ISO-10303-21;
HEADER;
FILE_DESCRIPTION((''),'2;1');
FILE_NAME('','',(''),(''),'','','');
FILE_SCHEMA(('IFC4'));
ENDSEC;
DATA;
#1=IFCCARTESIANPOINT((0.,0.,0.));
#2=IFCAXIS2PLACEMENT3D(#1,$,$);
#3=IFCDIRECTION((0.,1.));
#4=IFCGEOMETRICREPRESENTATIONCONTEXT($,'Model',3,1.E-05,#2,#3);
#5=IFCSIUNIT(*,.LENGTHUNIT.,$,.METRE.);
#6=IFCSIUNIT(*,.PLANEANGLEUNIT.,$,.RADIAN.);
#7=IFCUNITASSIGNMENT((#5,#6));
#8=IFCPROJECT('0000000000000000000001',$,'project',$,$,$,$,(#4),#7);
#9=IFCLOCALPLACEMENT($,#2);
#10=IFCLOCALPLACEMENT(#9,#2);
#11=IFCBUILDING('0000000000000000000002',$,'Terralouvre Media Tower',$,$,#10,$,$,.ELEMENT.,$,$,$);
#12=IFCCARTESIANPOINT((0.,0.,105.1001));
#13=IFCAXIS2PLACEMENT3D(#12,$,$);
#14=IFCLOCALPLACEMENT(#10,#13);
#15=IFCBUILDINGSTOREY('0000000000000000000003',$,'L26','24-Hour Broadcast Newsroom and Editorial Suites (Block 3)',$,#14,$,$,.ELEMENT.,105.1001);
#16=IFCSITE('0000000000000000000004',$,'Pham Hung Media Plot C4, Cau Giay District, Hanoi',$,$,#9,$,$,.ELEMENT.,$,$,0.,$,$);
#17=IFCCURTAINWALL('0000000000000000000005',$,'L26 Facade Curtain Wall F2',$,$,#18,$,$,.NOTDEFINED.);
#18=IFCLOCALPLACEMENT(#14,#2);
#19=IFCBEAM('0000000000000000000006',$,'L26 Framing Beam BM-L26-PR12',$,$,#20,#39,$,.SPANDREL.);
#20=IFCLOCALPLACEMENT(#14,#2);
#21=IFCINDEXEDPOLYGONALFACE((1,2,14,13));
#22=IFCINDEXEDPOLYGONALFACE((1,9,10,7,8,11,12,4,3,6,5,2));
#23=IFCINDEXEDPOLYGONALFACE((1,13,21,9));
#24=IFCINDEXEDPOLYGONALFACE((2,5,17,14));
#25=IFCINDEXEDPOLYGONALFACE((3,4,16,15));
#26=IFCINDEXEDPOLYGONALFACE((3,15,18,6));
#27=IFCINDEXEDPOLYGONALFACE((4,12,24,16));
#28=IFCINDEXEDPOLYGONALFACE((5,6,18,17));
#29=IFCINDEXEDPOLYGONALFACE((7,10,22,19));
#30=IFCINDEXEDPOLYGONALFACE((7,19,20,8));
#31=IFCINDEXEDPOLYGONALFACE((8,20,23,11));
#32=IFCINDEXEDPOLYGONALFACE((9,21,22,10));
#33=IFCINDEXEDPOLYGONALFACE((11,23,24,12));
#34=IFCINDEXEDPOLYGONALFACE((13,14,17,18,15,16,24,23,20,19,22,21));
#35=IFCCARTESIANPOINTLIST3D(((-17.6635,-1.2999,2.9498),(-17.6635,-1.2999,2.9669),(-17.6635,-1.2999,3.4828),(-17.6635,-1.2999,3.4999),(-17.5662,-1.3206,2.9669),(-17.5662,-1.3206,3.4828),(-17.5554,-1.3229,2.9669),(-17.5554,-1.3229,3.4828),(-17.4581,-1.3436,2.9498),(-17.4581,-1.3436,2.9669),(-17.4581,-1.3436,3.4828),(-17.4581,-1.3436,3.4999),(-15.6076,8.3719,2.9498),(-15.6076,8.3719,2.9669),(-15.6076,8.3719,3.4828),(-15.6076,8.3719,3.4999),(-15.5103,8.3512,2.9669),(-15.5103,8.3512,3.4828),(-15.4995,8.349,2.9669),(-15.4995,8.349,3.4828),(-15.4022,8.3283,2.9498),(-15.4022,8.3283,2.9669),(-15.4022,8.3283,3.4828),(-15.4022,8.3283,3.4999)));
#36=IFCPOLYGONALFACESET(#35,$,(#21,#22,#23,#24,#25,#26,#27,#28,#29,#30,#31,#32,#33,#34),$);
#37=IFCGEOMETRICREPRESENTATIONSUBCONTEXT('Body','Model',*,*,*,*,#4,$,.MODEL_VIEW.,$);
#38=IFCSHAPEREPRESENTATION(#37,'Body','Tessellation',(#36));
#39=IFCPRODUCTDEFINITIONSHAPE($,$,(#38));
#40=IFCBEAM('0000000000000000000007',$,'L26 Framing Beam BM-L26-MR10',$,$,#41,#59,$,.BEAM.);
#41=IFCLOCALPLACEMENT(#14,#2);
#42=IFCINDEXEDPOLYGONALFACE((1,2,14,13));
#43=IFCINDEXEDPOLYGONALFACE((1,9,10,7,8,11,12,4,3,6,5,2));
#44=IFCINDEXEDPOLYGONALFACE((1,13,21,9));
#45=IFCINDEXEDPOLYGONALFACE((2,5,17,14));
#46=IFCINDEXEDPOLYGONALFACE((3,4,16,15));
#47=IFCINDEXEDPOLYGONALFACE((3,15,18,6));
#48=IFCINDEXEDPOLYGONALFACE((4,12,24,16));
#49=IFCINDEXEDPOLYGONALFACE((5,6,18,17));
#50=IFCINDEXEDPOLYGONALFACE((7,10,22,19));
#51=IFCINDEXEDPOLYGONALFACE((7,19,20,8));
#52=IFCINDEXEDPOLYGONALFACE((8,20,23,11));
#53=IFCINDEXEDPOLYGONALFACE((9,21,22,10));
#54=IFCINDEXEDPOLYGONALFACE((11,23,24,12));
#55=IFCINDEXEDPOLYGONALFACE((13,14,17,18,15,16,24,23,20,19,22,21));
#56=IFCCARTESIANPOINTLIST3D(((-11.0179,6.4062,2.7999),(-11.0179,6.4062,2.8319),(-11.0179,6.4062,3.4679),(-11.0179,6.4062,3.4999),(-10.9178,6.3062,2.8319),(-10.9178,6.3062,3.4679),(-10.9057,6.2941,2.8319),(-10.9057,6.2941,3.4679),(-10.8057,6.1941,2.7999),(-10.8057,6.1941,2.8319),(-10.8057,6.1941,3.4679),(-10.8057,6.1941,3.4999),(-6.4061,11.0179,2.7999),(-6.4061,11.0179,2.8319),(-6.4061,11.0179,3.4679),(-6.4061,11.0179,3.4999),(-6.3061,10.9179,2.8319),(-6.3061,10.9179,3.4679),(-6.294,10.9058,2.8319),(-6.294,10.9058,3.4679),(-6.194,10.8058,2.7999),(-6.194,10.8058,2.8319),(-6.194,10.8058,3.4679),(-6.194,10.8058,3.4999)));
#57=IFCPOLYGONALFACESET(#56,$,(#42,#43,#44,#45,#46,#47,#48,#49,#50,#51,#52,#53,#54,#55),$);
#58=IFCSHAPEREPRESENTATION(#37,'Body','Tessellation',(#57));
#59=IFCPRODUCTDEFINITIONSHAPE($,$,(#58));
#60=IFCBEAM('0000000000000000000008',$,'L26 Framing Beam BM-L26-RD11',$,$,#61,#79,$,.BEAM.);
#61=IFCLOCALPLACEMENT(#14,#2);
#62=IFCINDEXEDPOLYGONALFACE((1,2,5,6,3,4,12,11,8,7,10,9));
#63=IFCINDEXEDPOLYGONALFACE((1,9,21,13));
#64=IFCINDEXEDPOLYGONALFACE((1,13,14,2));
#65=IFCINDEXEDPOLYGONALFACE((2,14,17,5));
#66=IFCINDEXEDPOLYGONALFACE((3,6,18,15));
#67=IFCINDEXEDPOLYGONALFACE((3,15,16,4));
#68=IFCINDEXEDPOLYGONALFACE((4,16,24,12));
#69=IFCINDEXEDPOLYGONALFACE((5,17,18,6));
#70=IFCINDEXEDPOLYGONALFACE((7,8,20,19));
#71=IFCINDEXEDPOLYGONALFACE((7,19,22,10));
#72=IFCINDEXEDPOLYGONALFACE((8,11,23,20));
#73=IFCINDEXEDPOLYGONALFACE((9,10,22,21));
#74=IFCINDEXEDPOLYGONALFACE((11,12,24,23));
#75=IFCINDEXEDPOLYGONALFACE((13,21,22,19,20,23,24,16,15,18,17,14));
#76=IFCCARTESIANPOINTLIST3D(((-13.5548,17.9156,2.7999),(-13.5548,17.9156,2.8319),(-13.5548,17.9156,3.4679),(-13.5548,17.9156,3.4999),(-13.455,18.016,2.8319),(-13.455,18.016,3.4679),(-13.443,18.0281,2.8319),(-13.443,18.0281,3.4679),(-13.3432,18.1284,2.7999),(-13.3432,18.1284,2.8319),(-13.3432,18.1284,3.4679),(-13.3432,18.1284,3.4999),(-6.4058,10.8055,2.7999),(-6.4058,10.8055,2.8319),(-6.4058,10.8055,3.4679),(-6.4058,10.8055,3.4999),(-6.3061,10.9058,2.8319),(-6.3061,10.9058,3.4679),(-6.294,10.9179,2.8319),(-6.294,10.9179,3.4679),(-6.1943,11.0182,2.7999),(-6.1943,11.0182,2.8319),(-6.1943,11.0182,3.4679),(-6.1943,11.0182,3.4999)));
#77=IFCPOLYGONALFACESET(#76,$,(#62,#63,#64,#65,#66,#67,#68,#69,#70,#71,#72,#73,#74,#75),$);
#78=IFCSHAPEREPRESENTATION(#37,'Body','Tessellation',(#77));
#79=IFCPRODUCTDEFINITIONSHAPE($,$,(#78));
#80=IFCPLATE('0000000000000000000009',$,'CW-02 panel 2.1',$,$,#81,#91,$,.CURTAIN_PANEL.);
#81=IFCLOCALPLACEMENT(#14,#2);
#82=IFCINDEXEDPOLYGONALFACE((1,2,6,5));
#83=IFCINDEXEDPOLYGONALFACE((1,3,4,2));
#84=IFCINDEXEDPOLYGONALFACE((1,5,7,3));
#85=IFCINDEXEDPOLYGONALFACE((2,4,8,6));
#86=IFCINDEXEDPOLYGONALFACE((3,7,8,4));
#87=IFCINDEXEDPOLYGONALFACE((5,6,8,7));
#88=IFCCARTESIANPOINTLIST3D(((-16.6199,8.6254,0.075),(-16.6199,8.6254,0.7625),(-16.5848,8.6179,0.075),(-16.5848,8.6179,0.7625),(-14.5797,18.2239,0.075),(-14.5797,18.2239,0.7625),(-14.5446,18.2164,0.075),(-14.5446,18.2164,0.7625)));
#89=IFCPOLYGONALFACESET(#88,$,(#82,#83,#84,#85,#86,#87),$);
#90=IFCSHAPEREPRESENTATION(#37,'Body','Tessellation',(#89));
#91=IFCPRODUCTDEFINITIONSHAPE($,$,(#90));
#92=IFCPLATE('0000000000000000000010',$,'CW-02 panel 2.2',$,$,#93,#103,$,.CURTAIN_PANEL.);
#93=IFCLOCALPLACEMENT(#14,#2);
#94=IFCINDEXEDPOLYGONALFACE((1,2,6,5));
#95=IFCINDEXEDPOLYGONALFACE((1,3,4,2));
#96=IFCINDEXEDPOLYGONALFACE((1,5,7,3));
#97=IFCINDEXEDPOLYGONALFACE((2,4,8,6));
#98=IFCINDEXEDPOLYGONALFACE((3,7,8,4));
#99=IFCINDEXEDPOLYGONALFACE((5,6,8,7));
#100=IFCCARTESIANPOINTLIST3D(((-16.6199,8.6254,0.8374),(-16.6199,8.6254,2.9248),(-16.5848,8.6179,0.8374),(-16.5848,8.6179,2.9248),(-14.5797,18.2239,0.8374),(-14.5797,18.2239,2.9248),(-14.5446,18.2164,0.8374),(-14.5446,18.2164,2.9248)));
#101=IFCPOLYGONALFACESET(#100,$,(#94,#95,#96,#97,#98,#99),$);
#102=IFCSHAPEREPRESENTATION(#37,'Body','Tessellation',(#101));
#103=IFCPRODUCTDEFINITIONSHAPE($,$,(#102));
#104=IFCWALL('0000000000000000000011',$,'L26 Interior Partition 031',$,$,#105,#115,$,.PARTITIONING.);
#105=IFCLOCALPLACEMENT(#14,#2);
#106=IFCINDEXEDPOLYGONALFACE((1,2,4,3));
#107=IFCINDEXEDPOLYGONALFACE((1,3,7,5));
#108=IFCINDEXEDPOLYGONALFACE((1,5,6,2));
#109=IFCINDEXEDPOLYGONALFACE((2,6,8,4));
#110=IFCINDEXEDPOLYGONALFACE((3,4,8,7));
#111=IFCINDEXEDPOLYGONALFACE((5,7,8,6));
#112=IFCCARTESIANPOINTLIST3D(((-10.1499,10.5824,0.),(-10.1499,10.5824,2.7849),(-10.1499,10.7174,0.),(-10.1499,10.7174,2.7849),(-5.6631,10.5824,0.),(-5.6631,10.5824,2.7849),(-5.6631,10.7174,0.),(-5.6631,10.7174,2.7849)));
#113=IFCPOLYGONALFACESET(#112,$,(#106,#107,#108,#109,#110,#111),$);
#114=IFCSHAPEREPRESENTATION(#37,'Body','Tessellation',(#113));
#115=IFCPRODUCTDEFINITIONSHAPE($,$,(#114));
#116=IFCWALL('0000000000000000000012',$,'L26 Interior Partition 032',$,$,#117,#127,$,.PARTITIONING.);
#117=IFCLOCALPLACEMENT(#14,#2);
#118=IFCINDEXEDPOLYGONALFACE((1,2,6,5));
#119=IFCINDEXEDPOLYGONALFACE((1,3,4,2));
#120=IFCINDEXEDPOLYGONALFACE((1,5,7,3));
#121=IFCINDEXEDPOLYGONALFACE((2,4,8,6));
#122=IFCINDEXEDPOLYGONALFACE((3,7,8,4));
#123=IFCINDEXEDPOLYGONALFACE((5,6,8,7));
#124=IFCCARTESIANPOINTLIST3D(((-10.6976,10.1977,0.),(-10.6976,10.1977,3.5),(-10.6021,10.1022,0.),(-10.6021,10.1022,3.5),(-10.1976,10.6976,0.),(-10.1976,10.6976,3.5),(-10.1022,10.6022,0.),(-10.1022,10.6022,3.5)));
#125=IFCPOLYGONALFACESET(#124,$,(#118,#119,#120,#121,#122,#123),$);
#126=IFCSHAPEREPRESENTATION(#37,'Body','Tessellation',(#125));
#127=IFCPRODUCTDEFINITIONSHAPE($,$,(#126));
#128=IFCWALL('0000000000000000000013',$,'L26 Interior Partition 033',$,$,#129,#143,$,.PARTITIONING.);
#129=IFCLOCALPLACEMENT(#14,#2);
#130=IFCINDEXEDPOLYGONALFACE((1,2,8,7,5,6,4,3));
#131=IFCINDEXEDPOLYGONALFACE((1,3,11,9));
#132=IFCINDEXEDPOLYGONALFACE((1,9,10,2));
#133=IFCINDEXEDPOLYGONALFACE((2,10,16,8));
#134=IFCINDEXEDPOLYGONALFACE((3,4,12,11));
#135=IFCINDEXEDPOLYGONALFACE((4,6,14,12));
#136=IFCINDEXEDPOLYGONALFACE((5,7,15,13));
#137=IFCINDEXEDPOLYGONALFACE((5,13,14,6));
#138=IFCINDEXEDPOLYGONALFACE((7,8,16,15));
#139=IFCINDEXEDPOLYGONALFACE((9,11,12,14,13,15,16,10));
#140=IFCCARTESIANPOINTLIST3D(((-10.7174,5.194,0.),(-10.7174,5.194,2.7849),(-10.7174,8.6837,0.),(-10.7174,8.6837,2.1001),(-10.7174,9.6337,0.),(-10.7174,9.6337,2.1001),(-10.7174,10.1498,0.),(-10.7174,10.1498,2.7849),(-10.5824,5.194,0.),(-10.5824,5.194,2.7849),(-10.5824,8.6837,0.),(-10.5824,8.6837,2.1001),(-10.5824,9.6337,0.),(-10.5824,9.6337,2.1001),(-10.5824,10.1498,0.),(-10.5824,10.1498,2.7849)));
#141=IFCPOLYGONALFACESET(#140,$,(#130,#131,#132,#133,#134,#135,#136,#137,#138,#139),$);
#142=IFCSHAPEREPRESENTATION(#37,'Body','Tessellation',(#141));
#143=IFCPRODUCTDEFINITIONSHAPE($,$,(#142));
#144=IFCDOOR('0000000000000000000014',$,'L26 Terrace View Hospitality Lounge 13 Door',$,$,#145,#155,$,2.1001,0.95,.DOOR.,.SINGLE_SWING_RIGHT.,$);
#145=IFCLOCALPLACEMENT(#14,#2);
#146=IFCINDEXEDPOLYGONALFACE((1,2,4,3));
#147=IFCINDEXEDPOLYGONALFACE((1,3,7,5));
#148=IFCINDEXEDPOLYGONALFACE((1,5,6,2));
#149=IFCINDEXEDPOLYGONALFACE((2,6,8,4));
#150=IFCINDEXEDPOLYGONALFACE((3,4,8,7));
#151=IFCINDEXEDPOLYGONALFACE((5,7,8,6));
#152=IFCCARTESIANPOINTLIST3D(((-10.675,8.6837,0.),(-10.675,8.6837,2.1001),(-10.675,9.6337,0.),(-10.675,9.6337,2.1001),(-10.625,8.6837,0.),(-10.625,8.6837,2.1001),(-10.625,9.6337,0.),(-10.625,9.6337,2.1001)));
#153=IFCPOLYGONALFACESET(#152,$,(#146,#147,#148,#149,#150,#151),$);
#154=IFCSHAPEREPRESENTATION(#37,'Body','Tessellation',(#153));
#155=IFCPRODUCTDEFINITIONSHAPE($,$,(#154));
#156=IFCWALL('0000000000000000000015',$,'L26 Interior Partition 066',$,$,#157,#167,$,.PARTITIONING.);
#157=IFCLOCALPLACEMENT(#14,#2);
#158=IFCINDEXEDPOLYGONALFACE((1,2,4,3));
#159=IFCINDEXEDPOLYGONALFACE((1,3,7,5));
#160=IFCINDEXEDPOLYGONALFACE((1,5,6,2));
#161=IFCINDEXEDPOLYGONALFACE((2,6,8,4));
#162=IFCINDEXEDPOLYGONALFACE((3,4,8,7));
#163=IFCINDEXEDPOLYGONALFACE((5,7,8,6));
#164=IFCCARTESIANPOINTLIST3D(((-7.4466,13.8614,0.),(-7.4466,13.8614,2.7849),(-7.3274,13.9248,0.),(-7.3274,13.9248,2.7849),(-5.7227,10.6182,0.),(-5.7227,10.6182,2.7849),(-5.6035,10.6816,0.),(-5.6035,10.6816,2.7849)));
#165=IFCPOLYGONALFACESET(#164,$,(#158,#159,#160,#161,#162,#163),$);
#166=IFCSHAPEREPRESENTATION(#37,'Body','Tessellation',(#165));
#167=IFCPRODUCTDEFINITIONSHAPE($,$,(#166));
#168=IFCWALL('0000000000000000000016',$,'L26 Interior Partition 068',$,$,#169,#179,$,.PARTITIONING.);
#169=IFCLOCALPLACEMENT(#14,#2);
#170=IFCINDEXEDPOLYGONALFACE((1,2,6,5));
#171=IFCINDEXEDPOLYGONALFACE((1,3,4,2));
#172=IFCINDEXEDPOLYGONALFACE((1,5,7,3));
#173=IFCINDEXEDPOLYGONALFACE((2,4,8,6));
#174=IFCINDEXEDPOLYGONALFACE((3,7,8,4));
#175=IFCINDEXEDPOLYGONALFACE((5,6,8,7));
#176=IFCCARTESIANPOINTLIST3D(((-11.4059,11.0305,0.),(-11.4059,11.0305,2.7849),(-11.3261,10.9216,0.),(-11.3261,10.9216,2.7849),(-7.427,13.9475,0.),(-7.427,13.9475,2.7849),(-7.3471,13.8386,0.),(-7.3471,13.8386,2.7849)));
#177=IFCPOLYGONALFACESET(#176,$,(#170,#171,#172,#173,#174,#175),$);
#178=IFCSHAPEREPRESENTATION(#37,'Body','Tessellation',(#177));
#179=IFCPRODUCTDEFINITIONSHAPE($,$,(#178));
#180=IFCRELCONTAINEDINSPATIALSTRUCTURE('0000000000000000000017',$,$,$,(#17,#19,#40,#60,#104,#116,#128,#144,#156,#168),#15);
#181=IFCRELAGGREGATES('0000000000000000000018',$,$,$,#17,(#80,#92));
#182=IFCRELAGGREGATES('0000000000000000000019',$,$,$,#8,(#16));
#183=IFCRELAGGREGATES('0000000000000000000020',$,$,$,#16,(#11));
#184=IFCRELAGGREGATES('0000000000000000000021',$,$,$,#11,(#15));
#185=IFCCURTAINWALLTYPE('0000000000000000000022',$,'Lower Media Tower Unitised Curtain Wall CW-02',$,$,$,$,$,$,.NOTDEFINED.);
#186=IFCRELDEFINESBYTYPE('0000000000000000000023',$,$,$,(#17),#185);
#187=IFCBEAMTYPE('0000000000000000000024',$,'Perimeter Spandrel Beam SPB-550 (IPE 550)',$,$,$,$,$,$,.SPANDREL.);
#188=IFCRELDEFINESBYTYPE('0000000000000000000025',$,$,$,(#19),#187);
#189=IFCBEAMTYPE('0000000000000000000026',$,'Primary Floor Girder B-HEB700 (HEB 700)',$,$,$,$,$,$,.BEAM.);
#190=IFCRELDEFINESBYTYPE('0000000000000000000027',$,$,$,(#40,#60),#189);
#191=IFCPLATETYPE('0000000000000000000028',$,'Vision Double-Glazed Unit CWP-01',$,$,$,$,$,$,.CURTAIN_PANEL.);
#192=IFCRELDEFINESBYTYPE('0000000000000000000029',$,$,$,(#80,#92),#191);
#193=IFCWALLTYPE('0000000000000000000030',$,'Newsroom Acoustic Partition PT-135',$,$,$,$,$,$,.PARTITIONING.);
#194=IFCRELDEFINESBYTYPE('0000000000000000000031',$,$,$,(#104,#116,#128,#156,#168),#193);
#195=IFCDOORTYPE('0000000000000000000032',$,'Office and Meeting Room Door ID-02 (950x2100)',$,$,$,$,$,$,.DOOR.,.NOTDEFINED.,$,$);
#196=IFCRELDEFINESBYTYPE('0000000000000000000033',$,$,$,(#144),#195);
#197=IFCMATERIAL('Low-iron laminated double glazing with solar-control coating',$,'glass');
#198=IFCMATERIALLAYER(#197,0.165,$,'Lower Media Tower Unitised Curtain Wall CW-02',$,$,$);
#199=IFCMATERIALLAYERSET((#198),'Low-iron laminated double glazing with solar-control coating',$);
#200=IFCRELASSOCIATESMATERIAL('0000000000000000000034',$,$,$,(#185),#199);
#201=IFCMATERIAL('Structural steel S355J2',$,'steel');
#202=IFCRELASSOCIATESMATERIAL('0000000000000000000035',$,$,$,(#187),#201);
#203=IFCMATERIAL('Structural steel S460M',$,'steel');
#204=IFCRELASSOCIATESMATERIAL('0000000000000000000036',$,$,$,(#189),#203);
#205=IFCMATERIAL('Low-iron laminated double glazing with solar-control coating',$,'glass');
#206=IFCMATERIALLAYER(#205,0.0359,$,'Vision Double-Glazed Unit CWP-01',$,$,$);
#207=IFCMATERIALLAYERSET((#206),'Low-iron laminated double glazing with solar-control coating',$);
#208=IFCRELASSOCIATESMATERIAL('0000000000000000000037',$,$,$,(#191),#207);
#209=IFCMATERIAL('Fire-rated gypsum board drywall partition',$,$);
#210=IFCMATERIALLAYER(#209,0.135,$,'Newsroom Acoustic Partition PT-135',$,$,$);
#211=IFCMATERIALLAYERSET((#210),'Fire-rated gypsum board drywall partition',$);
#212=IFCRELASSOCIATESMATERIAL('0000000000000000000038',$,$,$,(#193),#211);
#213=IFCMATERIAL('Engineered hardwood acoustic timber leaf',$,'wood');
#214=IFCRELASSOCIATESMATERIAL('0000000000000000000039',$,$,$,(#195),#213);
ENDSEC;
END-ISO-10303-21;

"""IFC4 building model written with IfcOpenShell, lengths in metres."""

from ifc_helpers import new_model, si_unit, direction, frame, frame_2d, origin, origin_2d, place, context, subcontext, project, spatial, rectangle, i_section, extrude, material, layer, layer_set, material_profile, profile_set, type_object, element, fill, aggregate, save


model = new_model("IFC4")

# Units and contexts
model_context = context("Model", 3, precision=1e-05, world=origin(), true_north=direction((0.0, 1.0)))
body_context = subcontext(model_context, "Body", "Model", "MODEL_VIEW")
ifc_project = project(units=[si_unit("LENGTHUNIT", "METRE"), si_unit("PLANEANGLEUNIT", "RADIAN")], contexts=[model_context])

# Site, building, storey
site_placement = place(None, origin())
site = spatial("IfcSite", under=ifc_project, at=site_placement, Name="Pham Hung Media Plot C4, Cau Giay District, Hanoi", CompositionType="ELEMENT", RefElevation=0.0)
building_placement = place(site_placement, origin())
building = spatial("IfcBuilding", under=site, at=building_placement, Name="Terralouvre Media Tower", CompositionType="ELEMENT")
storey_placement = place(building_placement, frame((0.0, 0.0, 105.1001)))
storey = spatial("IfcBuildingStorey", under=building, at=storey_placement, Name="L26", Description="24-Hour Broadcast Newsroom and Editorial Suites (Block 3)", CompositionType="ELEMENT", Elevation=105.1001)

# Curtain wall
ifc_material_1 = material(Name="Low-iron laminated double glazing with solar-control coating", Category="glass")
ifc_layer_1 = layer(ifc_material_1, 0.165, Name="Lower Media Tower Unitised Curtain Wall CW-02")
ifc_layer_set_1 = layer_set([ifc_layer_1], Name="Low-iron laminated double glazing with solar-control coating")
curtain_wall_type = type_object("IfcCurtainWallType", Name="Lower Media Tower Unitised Curtain Wall CW-02", PredefinedType="NOTDEFINED", material=ifc_layer_set_1)
curtain_wall_placement = place(storey_placement, origin())
curtain_wall = element("IfcCurtainWall", 1, at=curtain_wall_placement, inside=storey, type_object=curtain_wall_type, Name="L26 Facade Curtain Wall F2", PredefinedType="NOTDEFINED")

# Beams
ifc_material_2 = material(Name="Structural steel S355J2", Category="steel")
ifc_material_profile_1 = material_profile(ifc_material_2, i_section(OverallWidth=0.21, OverallDepth=0.55, WebThickness=0.011, FlangeThickness=0.0171, at=origin_2d()), Name="IPE 550")
ifc_profile_set_1 = profile_set([ifc_material_profile_1], Name="Structural steel S355J2")
beam_type_1 = type_object("IfcBeamType", Name="Perimeter Spandrel Beam SPB-550 (IPE 550)", PredefinedType="SPANDREL", material=ifc_profile_set_1)
for number, where, z_axis, x_axis, name in (
    (2, (-15.5049, 8.3501, 3.2249), (-0.20792, -0.978146, 0.0), (0.978146, -0.20792, 0.0), "L26 Framing Beam BM-L26-PR12"),
):
    element("IfcBeam", number, at=place(storey_placement, frame(where, z_axis=z_axis, x_axis=x_axis)), inside=storey, type_object=beam_type_1, Name=name, PredefinedType="SPANDREL", context=body_context, shape_type="SweptSolid", body=[
        extrude(i_section(OverallWidth=0.21, OverallDepth=0.55, WebThickness=0.011, FlangeThickness=0.0171, at=origin_2d()), origin(), (0.0, 0.0, 1.0), 9.8879),
    ])
ifc_material_3 = material(Name="Structural steel S460M", Category="steel")
ifc_material_profile_2 = material_profile(ifc_material_3, i_section(OverallWidth=0.3, OverallDepth=0.7, WebThickness=0.0171, FlangeThickness=0.032, at=origin_2d()), Name="HEB 700")
ifc_profile_set_2 = profile_set([ifc_material_profile_2], Name="Structural steel S460M")
beam_type_2 = type_object("IfcBeamType", Name="Primary Floor Girder B-HEB700 (HEB 700)", PredefinedType="BEAM", material=ifc_profile_set_2)
beam_1_placement = place(storey_placement, frame((-6.3, 10.9119, 3.1499), z_axis=(-0.707107, -0.707107, 0.0), x_axis=(0.707107, -0.707107, 0.0)))
element("IfcBeam", 3, at=beam_1_placement, inside=storey, type_object=beam_type_2, Name="L26 Framing Beam BM-L26-MR10", PredefinedType="BEAM", context=body_context, shape_type="SweptSolid", body=[
    extrude(i_section(OverallWidth=0.3, OverallDepth=0.7, WebThickness=0.0171, FlangeThickness=0.032, at=origin_2d()), origin(), (0.0, 0.0, 1.0), 6.522),
])
beam_2_placement = place(storey_placement, frame((-6.3, 10.9119, 3.1499), z_axis=(-0.709029, 0.705179, 0.0), x_axis=(-0.705179, -0.709029, 0.0)))
element("IfcBeam", 4, at=beam_2_placement, inside=storey, type_object=beam_type_2, Name="L26 Framing Beam BM-L26-RD11", PredefinedType="BEAM", context=body_context, shape_type="SweptSolid", body=[
    extrude(i_section(OverallWidth=0.3, OverallDepth=0.7, WebThickness=0.0171, FlangeThickness=0.032, at=origin_2d()), origin(), (0.0, 0.0, 1.0), 10.0828),
])

# Plates
ifc_material_4 = material(Name="Low-iron laminated double glazing with solar-control coating", Category="glass")
ifc_layer_2 = layer(ifc_material_4, 0.0359, Name="Vision Double-Glazed Unit CWP-01")
ifc_layer_set_2 = layer_set([ifc_layer_2], Name="Low-iron laminated double glazing with solar-control coating")
plate_type = type_object("IfcPlateType", Name="Vision Double-Glazed Unit CWP-01", PredefinedType="CURTAIN_PANEL", material=ifc_layer_set_2)
plate_1_placement = place(storey_placement, frame((-15.5823, 13.4209, 0.075), z_axis=(0.0, 0.0, 1.0), x_axis=(-0.207912, -0.978148, 0.0)))
plate_1 = element("IfcPlate", 5, at=plate_1_placement, type_object=plate_type, Name="CW-02 panel 2.1", PredefinedType="CURTAIN_PANEL", context=body_context, shape_type="SweptSolid", body=[
    extrude(rectangle(XDim=9.813, YDim=0.0359, at=origin_2d()), origin(), (0.0, 0.0, 1.0), 0.6875),
])
plate_2_placement = place(storey_placement, frame((-15.5823, 13.4209, 0.8374), z_axis=(0.0, 0.0, 1.0), x_axis=(-0.207912, -0.978148, 0.0)))
plate_2 = element("IfcPlate", 6, at=plate_2_placement, type_object=plate_type, Name="CW-02 panel 2.2", PredefinedType="CURTAIN_PANEL", context=body_context, shape_type="SweptSolid", body=[
    extrude(rectangle(XDim=9.813, YDim=0.0359, at=origin_2d()), origin(), (0.0, 0.0, 1.0), 2.0874),
])
aggregate(curtain_wall, [plate_1, plate_2])

# Walls
ifc_material_5 = material(Name="Fire-rated gypsum board drywall partition")
ifc_layer_3 = layer(ifc_material_5, 0.135, Name="Newsroom Acoustic Partition PT-135")
ifc_layer_set_3 = layer_set([ifc_layer_3], Name="Fire-rated gypsum board drywall partition")
wall_type = type_object("IfcWallType", Name="Newsroom Acoustic Partition PT-135", PredefinedType="PARTITIONING", material=ifc_layer_set_3)
wall_1_placement = place(storey_placement, frame((-5.6631, 10.6499, 0.0), z_axis=(0.0, 0.0, 1.0), x_axis=(-1.0, 0.0, 0.0)))
element("IfcWall", 7, at=wall_1_placement, inside=storey, type_object=wall_type, Name="L26 Interior Partition 031", PredefinedType="PARTITIONING", context=body_context, shape_type="SweptSolid", body=[
    extrude(rectangle(XDim=4.4868, YDim=0.135, at=frame_2d((2.2434, 0.0))), origin(), (0.0, 0.0, 1.0), 2.7849),
])
wall_2_placement = place(storey_placement, frame((-10.1499, 10.6499, 0.0), z_axis=(0.0, 0.0, 1.0), x_axis=(-0.707107, -0.707107, 0.0)))
element("IfcWall", 8, at=wall_2_placement, inside=storey, type_object=wall_type, Name="L26 Interior Partition 032", PredefinedType="PARTITIONING", context=body_context, shape_type="SweptSolid", body=[
    extrude(rectangle(XDim=0.707, YDim=0.135, at=frame_2d((0.3535, 0.0))), origin(), (0.0, 0.0, 1.0), 3.5),
])

# Wall, opening, door
wall_3_placement = place(storey_placement, frame((-10.6499, 10.1499, 0.0), z_axis=(0.0, 0.0, 1.0), x_axis=(0.0, -1.0, 0.0)))
wall_3 = element("IfcWall", 9, at=wall_3_placement, inside=storey, type_object=wall_type, Name="L26 Interior Partition 033", PredefinedType="PARTITIONING", context=body_context, shape_type="SweptSolid", body=[
    extrude(rectangle(XDim=4.9558, YDim=0.135, at=frame_2d((2.478, 0.0))), origin(), (0.0, 0.0, 1.0), 2.7849),
])
opening_placement = place(wall_3_placement, frame((0.5161, 0.0, 0.0)))
opening = element("IfcOpeningElement", 10, at=opening_placement, cuts=wall_3, PredefinedType="OPENING", context=body_context, shape_type="SweptSolid", body=[
    extrude(rectangle(XDim=0.95, YDim=2.1001, at=frame_2d((0.4751, 1.05))), frame((0.0, 0.0774, 0.0), z_axis=(0.0, -1.0, 0.0), x_axis=(1.0, 0.0, 0.0)), (0.0, 0.0, 1.0), 0.155),
])
ifc_material_6 = material(Name="Engineered hardwood acoustic timber leaf", Category="wood")
door_type = type_object("IfcDoorType", Name="Office and Meeting Room Door ID-02 (950x2100)", OperationType="NOTDEFINED", PredefinedType="DOOR", material=ifc_material_6)
door_placement = place(opening_placement, origin())
door = element("IfcDoor", 11, at=door_placement, inside=storey, type_object=door_type, Name="L26 Terrace View Hospitality Lounge 13 Door", OperationType="SINGLE_SWING_RIGHT", OverallHeight=2.1001, OverallWidth=0.95, PredefinedType="DOOR", context=body_context, shape_type="SweptSolid", body=[
    extrude(rectangle(XDim=0.95, YDim=2.1001, at=frame_2d((0.4751, 1.05))), frame((0.0, 0.0249, 0.0), z_axis=(0.0, -1.0, 0.0), x_axis=(1.0, 0.0, 0.0)), (0.0, 0.0, 1.0), 0.05),
])
fill(opening, door)

# Walls
wall_4_placement = place(storey_placement, frame((-7.387, 13.8931, 0.0), z_axis=(0.0, 0.0, 1.0), x_axis=(0.469356, -0.883009, 0.0)))
element("IfcWall", 12, at=wall_4_placement, inside=storey, type_object=wall_type, Name="L26 Interior Partition 066", PredefinedType="PARTITIONING", context=body_context, shape_type="SweptSolid", body=[
    extrude(rectangle(XDim=3.6729, YDim=0.135, at=frame_2d((1.8364, 0.0))), origin(), (0.0, 0.0, 1.0), 2.7849),
])
wall_5_placement = place(storey_placement, frame((-11.366, 10.9761, 0.0), z_axis=(0.0, 0.0, 1.0), x_axis=(0.806496, 0.591239, 0.0)))
element("IfcWall", 13, at=wall_5_placement, inside=storey, type_object=wall_type, Name="L26 Interior Partition 068", PredefinedType="PARTITIONING", context=body_context, shape_type="SweptSolid", body=[
    extrude(rectangle(XDim=4.9336, YDim=0.135, at=frame_2d((2.4668, 0.0))), origin(), (0.0, 0.0, 1.0), 2.7849),
])

save(model, "model.ifc")
